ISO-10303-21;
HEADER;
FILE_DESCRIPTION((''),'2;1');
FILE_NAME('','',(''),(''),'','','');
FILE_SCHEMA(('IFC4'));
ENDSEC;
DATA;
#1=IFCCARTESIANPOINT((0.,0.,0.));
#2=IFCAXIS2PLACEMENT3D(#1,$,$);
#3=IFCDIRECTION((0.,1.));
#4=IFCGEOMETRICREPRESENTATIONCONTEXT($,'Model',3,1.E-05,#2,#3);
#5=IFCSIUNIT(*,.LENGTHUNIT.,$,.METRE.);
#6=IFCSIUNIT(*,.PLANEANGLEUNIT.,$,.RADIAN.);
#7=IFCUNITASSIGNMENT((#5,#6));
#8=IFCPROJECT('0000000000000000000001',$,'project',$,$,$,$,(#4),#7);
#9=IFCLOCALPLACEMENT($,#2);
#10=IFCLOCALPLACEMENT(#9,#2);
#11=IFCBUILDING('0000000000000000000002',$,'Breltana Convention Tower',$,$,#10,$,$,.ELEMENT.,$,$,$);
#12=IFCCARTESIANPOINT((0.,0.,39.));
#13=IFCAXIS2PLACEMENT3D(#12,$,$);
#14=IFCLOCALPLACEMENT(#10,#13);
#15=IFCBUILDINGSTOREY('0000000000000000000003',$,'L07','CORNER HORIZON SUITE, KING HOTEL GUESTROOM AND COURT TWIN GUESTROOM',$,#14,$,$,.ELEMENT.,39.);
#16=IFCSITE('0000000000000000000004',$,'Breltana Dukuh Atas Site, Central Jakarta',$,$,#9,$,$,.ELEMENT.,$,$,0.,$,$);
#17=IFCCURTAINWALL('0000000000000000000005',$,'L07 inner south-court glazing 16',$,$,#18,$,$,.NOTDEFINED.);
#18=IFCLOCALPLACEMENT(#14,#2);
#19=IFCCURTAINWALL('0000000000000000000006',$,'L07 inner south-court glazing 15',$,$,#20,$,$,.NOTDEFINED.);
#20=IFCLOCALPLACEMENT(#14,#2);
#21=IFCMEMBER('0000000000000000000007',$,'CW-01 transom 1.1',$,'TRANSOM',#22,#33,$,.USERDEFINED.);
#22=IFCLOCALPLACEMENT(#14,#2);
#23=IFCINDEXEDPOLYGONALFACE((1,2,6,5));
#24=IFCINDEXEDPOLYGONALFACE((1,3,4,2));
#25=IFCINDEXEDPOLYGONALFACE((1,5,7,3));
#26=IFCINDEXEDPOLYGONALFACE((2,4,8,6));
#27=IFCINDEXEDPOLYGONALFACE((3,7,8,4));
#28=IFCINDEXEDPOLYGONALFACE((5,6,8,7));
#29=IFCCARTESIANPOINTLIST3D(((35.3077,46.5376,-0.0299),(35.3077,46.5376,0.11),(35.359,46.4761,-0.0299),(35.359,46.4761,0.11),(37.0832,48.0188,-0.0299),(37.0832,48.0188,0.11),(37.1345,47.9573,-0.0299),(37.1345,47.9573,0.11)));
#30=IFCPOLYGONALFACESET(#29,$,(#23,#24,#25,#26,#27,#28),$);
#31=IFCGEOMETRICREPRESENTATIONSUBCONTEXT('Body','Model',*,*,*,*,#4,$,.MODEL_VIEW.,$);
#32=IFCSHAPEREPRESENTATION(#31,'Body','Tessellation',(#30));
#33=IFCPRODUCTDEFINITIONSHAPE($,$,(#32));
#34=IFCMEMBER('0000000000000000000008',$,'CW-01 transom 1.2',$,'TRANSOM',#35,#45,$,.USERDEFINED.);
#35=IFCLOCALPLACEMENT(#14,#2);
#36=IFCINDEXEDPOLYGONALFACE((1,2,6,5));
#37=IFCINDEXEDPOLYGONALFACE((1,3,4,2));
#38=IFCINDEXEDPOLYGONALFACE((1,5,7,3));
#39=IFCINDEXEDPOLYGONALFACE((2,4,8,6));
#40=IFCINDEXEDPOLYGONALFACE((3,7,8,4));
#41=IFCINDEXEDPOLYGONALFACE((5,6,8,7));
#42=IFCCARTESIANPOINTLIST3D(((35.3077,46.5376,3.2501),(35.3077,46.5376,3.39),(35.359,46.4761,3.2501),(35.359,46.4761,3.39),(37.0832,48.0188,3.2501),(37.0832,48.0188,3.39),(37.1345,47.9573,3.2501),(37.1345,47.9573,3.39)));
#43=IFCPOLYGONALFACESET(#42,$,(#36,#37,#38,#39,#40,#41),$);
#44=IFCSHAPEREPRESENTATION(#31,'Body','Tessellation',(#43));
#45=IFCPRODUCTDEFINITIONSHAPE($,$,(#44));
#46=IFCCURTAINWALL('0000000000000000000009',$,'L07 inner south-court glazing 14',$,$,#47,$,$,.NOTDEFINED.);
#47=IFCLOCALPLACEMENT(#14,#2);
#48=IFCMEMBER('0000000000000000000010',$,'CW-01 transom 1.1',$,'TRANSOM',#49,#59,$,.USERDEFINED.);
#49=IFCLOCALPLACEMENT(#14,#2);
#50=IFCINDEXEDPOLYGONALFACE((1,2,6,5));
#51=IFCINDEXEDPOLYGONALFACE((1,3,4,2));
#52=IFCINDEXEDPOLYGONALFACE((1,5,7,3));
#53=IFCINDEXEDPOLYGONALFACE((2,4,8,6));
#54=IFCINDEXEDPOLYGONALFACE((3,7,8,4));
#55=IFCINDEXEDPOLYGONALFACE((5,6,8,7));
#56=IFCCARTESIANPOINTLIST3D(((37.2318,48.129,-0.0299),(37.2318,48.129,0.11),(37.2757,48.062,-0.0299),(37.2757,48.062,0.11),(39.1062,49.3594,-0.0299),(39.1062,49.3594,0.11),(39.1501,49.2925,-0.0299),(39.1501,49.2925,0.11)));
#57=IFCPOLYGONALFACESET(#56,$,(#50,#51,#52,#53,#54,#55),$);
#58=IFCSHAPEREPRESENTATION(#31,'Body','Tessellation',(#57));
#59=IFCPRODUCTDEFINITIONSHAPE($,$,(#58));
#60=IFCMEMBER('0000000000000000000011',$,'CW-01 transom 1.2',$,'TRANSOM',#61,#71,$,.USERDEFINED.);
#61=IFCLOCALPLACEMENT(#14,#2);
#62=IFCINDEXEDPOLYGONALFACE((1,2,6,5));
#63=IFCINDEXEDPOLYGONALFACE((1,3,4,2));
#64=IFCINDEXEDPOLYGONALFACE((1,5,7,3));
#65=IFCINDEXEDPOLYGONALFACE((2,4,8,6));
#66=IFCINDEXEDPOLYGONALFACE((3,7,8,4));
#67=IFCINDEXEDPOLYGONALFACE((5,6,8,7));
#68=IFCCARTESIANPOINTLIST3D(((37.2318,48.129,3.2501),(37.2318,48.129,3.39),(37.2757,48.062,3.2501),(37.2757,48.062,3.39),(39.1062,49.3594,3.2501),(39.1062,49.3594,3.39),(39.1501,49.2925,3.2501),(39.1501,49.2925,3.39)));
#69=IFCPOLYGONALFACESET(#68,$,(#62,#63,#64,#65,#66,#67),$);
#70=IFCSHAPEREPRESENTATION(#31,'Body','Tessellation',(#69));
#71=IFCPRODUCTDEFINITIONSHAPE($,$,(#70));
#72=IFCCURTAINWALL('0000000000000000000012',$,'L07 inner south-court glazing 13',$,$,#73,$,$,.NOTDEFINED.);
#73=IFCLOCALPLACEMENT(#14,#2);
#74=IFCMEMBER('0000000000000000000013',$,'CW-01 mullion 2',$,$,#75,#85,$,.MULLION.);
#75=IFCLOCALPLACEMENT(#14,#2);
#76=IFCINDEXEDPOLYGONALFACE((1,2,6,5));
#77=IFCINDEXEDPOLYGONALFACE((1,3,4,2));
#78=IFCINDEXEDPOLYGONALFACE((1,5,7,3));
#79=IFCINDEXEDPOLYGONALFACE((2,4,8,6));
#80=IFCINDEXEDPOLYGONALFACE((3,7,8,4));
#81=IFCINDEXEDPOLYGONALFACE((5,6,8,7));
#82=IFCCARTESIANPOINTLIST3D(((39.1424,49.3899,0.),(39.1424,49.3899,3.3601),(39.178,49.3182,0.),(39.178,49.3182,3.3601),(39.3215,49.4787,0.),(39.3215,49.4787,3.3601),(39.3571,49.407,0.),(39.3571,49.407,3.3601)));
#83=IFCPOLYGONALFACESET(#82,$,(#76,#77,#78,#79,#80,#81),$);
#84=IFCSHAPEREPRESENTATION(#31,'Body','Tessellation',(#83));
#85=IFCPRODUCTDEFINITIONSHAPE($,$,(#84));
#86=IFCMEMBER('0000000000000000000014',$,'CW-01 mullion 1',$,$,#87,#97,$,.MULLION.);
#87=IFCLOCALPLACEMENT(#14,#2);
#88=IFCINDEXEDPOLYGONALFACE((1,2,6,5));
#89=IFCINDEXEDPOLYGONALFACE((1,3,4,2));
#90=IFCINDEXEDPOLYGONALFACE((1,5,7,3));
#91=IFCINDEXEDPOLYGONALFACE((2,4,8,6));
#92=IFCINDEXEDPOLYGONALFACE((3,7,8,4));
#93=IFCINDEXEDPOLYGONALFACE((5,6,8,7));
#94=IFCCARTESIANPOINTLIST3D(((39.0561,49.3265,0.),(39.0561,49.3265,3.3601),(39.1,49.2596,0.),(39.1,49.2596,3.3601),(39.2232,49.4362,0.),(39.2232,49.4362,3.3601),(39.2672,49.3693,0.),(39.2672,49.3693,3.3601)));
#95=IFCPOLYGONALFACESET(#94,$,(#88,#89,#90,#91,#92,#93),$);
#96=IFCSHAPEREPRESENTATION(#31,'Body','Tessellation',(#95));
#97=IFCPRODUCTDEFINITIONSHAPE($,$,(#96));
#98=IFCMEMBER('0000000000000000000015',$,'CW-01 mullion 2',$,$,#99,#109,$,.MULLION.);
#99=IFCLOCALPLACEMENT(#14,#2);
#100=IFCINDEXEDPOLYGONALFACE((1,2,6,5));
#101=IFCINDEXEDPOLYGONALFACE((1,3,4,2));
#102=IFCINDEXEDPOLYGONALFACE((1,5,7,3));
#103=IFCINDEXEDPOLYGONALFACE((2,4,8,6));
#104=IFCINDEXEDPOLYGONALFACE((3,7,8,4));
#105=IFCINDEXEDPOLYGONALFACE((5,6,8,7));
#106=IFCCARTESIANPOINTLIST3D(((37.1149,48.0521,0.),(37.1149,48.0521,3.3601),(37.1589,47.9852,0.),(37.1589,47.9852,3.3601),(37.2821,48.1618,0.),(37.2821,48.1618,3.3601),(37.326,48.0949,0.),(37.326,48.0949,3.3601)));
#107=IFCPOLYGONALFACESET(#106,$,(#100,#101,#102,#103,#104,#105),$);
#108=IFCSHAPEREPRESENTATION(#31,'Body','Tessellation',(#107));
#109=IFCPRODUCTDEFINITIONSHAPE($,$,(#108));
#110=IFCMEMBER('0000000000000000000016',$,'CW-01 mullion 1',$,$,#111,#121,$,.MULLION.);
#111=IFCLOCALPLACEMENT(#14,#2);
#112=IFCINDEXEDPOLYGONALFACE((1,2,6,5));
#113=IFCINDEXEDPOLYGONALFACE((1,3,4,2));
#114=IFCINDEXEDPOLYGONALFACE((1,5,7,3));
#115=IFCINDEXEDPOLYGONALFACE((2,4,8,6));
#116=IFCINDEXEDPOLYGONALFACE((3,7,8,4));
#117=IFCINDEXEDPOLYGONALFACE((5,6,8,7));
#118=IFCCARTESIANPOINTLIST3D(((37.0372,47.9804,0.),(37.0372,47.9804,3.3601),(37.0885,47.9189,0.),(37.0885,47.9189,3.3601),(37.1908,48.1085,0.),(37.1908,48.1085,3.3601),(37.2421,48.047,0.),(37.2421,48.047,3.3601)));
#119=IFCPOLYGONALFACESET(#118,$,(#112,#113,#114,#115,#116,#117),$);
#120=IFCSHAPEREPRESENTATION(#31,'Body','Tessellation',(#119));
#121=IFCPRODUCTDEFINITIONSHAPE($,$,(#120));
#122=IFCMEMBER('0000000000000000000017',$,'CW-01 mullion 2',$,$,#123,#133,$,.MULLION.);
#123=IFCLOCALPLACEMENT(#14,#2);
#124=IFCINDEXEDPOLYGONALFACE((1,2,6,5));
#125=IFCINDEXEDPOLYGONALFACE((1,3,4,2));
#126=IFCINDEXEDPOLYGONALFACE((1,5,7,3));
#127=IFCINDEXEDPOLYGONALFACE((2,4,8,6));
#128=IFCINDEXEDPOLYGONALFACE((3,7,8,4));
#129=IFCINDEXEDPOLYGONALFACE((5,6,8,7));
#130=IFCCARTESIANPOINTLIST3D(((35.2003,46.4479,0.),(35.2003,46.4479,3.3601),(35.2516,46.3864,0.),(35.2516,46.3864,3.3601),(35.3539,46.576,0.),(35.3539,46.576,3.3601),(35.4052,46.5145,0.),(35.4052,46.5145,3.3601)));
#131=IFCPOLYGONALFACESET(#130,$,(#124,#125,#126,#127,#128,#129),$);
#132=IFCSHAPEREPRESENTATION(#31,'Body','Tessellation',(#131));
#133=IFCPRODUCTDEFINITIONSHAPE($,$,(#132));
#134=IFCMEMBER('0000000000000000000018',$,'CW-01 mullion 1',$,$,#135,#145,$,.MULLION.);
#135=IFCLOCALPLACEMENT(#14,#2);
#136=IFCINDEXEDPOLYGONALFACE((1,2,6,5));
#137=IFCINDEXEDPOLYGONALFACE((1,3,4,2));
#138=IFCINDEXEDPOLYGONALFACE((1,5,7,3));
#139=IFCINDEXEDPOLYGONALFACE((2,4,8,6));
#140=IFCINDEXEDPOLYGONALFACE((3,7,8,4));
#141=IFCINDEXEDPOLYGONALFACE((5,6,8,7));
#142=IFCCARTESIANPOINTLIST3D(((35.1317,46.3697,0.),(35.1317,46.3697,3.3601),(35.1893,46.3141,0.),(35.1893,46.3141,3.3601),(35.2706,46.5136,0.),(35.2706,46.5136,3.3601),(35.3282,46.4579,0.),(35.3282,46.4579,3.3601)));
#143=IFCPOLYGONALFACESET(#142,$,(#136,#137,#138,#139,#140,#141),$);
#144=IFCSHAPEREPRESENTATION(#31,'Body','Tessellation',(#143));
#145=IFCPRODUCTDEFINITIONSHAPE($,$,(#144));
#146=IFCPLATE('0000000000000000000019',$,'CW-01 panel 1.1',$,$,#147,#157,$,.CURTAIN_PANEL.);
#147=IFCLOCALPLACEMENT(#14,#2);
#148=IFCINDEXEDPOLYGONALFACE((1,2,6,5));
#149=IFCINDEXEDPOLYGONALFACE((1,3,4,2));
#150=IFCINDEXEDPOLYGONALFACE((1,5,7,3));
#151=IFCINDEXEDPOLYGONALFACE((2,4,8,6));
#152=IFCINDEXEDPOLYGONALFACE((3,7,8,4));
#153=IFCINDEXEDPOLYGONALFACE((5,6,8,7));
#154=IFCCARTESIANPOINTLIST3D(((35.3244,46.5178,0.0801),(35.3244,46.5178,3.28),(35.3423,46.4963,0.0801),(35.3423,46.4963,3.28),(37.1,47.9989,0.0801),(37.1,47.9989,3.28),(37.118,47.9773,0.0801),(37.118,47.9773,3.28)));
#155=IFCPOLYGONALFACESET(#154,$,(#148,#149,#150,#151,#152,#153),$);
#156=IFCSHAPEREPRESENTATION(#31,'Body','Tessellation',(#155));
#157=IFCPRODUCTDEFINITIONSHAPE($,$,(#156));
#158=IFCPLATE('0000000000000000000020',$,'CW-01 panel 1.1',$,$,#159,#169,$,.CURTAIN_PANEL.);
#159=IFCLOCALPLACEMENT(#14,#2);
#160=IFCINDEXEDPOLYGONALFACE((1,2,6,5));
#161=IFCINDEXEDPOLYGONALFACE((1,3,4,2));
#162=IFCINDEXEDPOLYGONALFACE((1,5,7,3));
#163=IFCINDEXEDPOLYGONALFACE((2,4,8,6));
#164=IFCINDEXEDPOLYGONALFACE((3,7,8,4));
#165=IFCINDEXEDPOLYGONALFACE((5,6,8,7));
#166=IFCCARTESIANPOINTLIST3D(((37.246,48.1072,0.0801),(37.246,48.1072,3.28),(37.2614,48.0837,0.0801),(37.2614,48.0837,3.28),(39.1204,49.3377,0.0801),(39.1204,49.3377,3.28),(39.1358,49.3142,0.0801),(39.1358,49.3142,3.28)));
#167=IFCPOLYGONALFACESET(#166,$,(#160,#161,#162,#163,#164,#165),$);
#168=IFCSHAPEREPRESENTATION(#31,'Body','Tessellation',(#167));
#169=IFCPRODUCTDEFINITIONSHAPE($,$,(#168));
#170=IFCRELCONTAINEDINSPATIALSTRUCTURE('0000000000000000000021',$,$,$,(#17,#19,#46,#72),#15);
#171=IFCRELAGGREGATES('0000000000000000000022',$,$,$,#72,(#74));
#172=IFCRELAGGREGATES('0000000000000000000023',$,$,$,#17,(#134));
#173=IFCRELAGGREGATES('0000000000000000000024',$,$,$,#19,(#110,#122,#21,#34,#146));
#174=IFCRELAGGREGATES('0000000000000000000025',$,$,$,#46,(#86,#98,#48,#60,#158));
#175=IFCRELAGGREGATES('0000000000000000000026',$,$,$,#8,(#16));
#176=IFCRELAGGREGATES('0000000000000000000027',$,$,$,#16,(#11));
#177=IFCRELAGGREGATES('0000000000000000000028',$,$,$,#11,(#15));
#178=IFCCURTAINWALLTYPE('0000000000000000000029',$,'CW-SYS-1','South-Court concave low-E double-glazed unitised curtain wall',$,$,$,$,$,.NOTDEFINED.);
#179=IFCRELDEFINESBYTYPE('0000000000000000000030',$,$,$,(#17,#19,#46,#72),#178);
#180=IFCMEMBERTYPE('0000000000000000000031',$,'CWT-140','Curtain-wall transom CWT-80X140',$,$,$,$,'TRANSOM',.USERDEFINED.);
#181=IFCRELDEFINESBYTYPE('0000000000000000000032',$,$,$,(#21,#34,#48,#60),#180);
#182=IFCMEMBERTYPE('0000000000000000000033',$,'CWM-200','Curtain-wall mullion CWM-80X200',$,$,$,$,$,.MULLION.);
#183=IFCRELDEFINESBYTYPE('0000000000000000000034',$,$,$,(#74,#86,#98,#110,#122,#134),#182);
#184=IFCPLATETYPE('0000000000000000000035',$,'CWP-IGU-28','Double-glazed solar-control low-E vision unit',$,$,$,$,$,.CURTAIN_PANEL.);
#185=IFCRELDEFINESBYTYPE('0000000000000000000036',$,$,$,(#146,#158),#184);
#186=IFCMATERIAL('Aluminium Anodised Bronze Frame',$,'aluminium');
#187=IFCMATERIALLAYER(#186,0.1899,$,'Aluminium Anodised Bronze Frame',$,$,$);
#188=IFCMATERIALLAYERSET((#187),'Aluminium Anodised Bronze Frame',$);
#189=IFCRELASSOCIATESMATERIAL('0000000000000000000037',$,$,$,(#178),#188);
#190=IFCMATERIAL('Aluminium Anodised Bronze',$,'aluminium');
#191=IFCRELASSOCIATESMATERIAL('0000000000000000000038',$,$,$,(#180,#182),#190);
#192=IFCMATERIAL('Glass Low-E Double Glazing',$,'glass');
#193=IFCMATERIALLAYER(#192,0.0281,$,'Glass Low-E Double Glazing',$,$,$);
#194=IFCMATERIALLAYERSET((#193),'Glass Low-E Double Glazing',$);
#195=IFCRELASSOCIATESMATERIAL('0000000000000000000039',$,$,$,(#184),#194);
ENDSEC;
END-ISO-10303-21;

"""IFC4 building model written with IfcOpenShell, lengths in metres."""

from ifc_helpers import new_model, si_unit, direction, frame, origin, origin_2d, place, context, subcontext, project, spatial, rectangle, extrude, source, transform, mapped, material, layer, layer_set, material_profile, profile_set, type_object, element, aggregate, save


model = new_model("IFC4")

# Units and contexts
model_context = context("Model", 3, precision=1e-05, world=origin(), true_north=direction((0.0, 1.0)))
body_context = subcontext(model_context, "Body", "Model", "MODEL_VIEW")
ifc_project = project(units=[si_unit("LENGTHUNIT", "METRE"), si_unit("PLANEANGLEUNIT", "RADIAN")], contexts=[model_context])

# Site, building, storey
site_placement = place(None, origin())
site = spatial("IfcSite", under=ifc_project, at=site_placement, Name="Breltana Dukuh Atas Site, Central Jakarta", CompositionType="ELEMENT", RefElevation=0.0)
building_placement = place(site_placement, origin())
building = spatial("IfcBuilding", under=site, at=building_placement, Name="Breltana Convention Tower", CompositionType="ELEMENT")
storey_placement = place(building_placement, frame((0.0, 0.0, 39.0)))
storey = spatial("IfcBuildingStorey", under=building, at=storey_placement, Name="L07", Description="CORNER HORIZON SUITE, KING HOTEL GUESTROOM AND COURT TWIN GUESTROOM", CompositionType="ELEMENT", Elevation=39.0)

# Curtain walls, members
ifc_material_1 = material(Name="Aluminium Anodised Bronze Frame", Category="aluminium")
ifc_layer_1 = layer(ifc_material_1, 0.1899, Name="Aluminium Anodised Bronze Frame")
ifc_layer_set_1 = layer_set([ifc_layer_1], Name="Aluminium Anodised Bronze Frame")
curtain_wall_type = type_object("IfcCurtainWallType", Name="CW-SYS-1", Description="South-Court concave low-E double-glazed unitised curtain wall", PredefinedType="NOTDEFINED", material=ifc_layer_set_1)
curtain_wall_1_placement = place(storey_placement, origin())
curtain_wall_1 = element("IfcCurtainWall", 1, at=curtain_wall_1_placement, inside=storey, type_object=curtain_wall_type, Name="L07 inner south-court glazing 16", PredefinedType="NOTDEFINED")
ifc_material_2 = material(Name="Aluminium Anodised Bronze", Category="aluminium")
ifc_material_profile_1 = material_profile(ifc_material_2, rectangle(XDim=0.0801, YDim=0.1399, at=origin_2d()), Name="CWT-80X140")
ifc_profile_set_1 = profile_set([ifc_material_profile_1], Name="Aluminium Anodised Bronze")
member_type_1 = type_object("IfcMemberType", Name="CWT-140", Description="Curtain-wall transom CWT-80X140", ElementType="TRANSOM", PredefinedType="USERDEFINED", material=ifc_profile_set_1)
curtain_wall_2_placement = place(storey_placement, origin())
curtain_wall_2 = element("IfcCurtainWall", 2, at=curtain_wall_2_placement, inside=storey, type_object=curtain_wall_type, Name="L07 inner south-court glazing 15", PredefinedType="NOTDEFINED")
shared_shape_1 = source(origin(), body_context, "Body", "SweptSolid", [
    extrude(rectangle(XDim=0.0801, YDim=0.1399, at=origin_2d()), origin(), (0.0, 0.0, 1.0), 2.3123),
])
member_1_placement = place(storey_placement, frame((37.1089, 47.988, 0.04), z_axis=(-0.767901, -0.640569, 0.0), x_axis=(0.640569, -0.767901, 0.0)))
member_1 = element("IfcMember", 3, at=member_1_placement, type_object=member_type_1, Name="CW-01 transom 1.1", ObjectType="TRANSOM", PredefinedType="USERDEFINED", context=body_context, shape_type="MappedRepresentation", body=[
    mapped(shared_shape_1, transform((0.0, 0.0, 0.0), scale=1.0)),
])
member_2_placement = place(storey_placement, frame((37.1089, 47.988, 3.3201), z_axis=(-0.767901, -0.640569, 0.0), x_axis=(0.640569, -0.767901, 0.0)))
member_2 = element("IfcMember", 4, at=member_2_placement, type_object=member_type_1, Name="CW-01 transom 1.2", ObjectType="TRANSOM", PredefinedType="USERDEFINED", context=body_context, shape_type="MappedRepresentation", body=[
    mapped(shared_shape_1, transform((0.0, 0.0, 0.0), scale=1.0)),
])
curtain_wall_3_placement = place(storey_placement, origin())
curtain_wall_3 = element("IfcCurtainWall", 5, at=curtain_wall_3_placement, inside=storey, type_object=curtain_wall_type, Name="L07 inner south-court glazing 14", PredefinedType="NOTDEFINED")
shared_shape_2 = source(origin(), body_context, "Body", "SweptSolid", [
    extrude(rectangle(XDim=0.0801, YDim=0.1399, at=origin_2d()), origin(), (0.0, 0.0, 1.0), 2.2422),
])
member_3_placement = place(storey_placement, frame((39.1282, 49.3259, 0.04), z_axis=(-0.835982, -0.548756, 0.0), x_axis=(0.548756, -0.835982, 0.0)))
member_3 = element("IfcMember", 6, at=member_3_placement, type_object=member_type_1, Name="CW-01 transom 1.1", ObjectType="TRANSOM", PredefinedType="USERDEFINED", context=body_context, shape_type="MappedRepresentation", body=[
    mapped(shared_shape_2, transform((0.0, 0.0, 0.0), scale=1.0)),
])
member_4_placement = place(storey_placement, frame((39.1282, 49.3259, 3.3201), z_axis=(-0.835982, -0.548756, 0.0), x_axis=(0.548756, -0.835982, 0.0)))
member_4 = element("IfcMember", 7, at=member_4_placement, type_object=member_type_1, Name="CW-01 transom 1.2", ObjectType="TRANSOM", PredefinedType="USERDEFINED", context=body_context, shape_type="MappedRepresentation", body=[
    mapped(shared_shape_2, transform((0.0, 0.0, 0.0), scale=1.0)),
])

# Curtain wall, member
curtain_wall_4_placement = place(storey_placement, origin())
curtain_wall_4 = element("IfcCurtainWall", 8, at=curtain_wall_4_placement, inside=storey, type_object=curtain_wall_type, Name="L07 inner south-court glazing 13", PredefinedType="NOTDEFINED")
ifc_material_profile_2 = material_profile(ifc_material_2, rectangle(XDim=0.0801, YDim=0.2, at=origin_2d()), Name="CWM-80X200")
ifc_profile_set_2 = profile_set([ifc_material_profile_2], Name="Aluminium Anodised Bronze")
member_type_2 = type_object("IfcMemberType", Name="CWM-200", Description="Curtain-wall mullion CWM-80X200", PredefinedType="MULLION", material=ifc_profile_set_2)
shared_shape_3 = source(origin(), body_context, "Body", "SweptSolid", [
    extrude(rectangle(XDim=0.0801, YDim=0.2, at=origin_2d()), origin(), (0.0, 0.0, 1.0), 3.3601),
])
member_5_placement = place(storey_placement, frame((39.2498, 49.3984, 0.0), z_axis=(0.0, 0.0, 1.0), x_axis=(0.444118, -0.895968, 0.0)))
member_5 = element("IfcMember", 9, at=member_5_placement, type_object=member_type_2, Name="CW-01 mullion 2", PredefinedType="MULLION", context=body_context, shape_type="MappedRepresentation", body=[
    mapped(shared_shape_3, transform((0.0, 0.0, 0.0), scale=1.0)),
])
aggregate(curtain_wall_4, [member_5])

# Members
member_6_placement = place(storey_placement, frame((39.1616, 49.3479, 0.0), z_axis=(0.0, 0.0, 1.0), x_axis=(0.548778, -0.835968, 0.0)))
member_6 = element("IfcMember", 10, at=member_6_placement, type_object=member_type_2, Name="CW-01 mullion 1", PredefinedType="MULLION", context=body_context, shape_type="MappedRepresentation", body=[
    mapped(shared_shape_3, transform((0.0, 0.0, 0.0), scale=1.0)),
])
member_7_placement = place(storey_placement, frame((37.2205, 48.0735, 0.0), z_axis=(0.0, 0.0, 1.0), x_axis=(0.548778, -0.835968, 0.0)))
member_7 = element("IfcMember", 11, at=member_7_placement, type_object=member_type_2, Name="CW-01 mullion 2", PredefinedType="MULLION", context=body_context, shape_type="MappedRepresentation", body=[
    mapped(shared_shape_3, transform((0.0, 0.0, 0.0), scale=1.0)),
])
member_8_placement = place(storey_placement, frame((37.1396, 48.0137, 0.0), z_axis=(0.0, 0.0, 1.0), x_axis=(0.640523, -0.767939, 0.0)))
member_8 = element("IfcMember", 12, at=member_8_placement, type_object=member_type_2, Name="CW-01 mullion 1", PredefinedType="MULLION", context=body_context, shape_type="MappedRepresentation", body=[
    mapped(shared_shape_3, transform((0.0, 0.0, 0.0), scale=1.0)),
])
member_9_placement = place(storey_placement, frame((35.3027, 46.4812, 0.0), z_axis=(0.0, 0.0, 1.0), x_axis=(0.640523, -0.767939, 0.0)))
member_9 = element("IfcMember", 13, at=member_9_placement, type_object=member_type_2, Name="CW-01 mullion 2", PredefinedType="MULLION", context=body_context, shape_type="MappedRepresentation", body=[
    mapped(shared_shape_3, transform((0.0, 0.0, 0.0), scale=1.0)),
])
member_10_placement = place(storey_placement, frame((35.23, 46.4138, 0.0), z_axis=(0.0, 0.0, 1.0), x_axis=(0.719385, -0.694612, 0.0)))
member_10 = element("IfcMember", 14, at=member_10_placement, type_object=member_type_2, Name="CW-01 mullion 1", PredefinedType="MULLION", context=body_context, shape_type="MappedRepresentation", body=[
    mapped(shared_shape_3, transform((0.0, 0.0, 0.0), scale=1.0)),
])
aggregate(curtain_wall_1, [member_10])

# Plates
ifc_material_3 = material(Name="Glass Low-E Double Glazing", Category="glass")
ifc_layer_2 = layer(ifc_material_3, 0.0281, Name="Glass Low-E Double Glazing")
ifc_layer_set_2 = layer_set([ifc_layer_2], Name="Glass Low-E Double Glazing")
plate_type = type_object("IfcPlateType", Name="CWP-IGU-28", Description="Double-glazed solar-control low-E vision unit", PredefinedType="CURTAIN_PANEL", material=ifc_layer_set_2)
shared_shape_4 = source(origin(), body_context, "Body", "SweptSolid", [
    extrude(rectangle(XDim=2.3123, YDim=0.0281, at=origin_2d()), origin(), (0.0, 0.0, 1.0), 3.2),
])
plate_1_placement = place(storey_placement, frame((36.2212, 47.2476, 0.0801), z_axis=(0.0, 0.0, 1.0), x_axis=(-0.767939, -0.640523, 0.0)))
plate_1 = element("IfcPlate", 15, at=plate_1_placement, type_object=plate_type, Name="CW-01 panel 1.1", PredefinedType="CURTAIN_PANEL", context=body_context, shape_type="MappedRepresentation", body=[
    mapped(shared_shape_4, transform((0.0, 0.0, 0.0), scale=1.0)),
])
aggregate(curtain_wall_2, [member_8, member_9, member_1, member_2, plate_1])
shared_shape_5 = source(origin(), body_context, "Body", "SweptSolid", [
    extrude(rectangle(XDim=2.2422, YDim=0.0281, at=origin_2d()), origin(), (0.0, 0.0, 1.0), 3.2),
])
plate_2_placement = place(storey_placement, frame((38.1909, 48.7107, 0.0801), z_axis=(0.0, 0.0, 1.0), x_axis=(-0.835968, -0.548778, 0.0)))
plate_2 = element("IfcPlate", 16, at=plate_2_placement, type_object=plate_type, Name="CW-01 panel 1.1", PredefinedType="CURTAIN_PANEL", context=body_context, shape_type="MappedRepresentation", body=[
    mapped(shared_shape_5, transform((0.0, 0.0, 0.0), scale=1.0)),
])
aggregate(curtain_wall_3, [member_6, member_7, member_3, member_4, plate_2])

save(model, "model.ifc")
